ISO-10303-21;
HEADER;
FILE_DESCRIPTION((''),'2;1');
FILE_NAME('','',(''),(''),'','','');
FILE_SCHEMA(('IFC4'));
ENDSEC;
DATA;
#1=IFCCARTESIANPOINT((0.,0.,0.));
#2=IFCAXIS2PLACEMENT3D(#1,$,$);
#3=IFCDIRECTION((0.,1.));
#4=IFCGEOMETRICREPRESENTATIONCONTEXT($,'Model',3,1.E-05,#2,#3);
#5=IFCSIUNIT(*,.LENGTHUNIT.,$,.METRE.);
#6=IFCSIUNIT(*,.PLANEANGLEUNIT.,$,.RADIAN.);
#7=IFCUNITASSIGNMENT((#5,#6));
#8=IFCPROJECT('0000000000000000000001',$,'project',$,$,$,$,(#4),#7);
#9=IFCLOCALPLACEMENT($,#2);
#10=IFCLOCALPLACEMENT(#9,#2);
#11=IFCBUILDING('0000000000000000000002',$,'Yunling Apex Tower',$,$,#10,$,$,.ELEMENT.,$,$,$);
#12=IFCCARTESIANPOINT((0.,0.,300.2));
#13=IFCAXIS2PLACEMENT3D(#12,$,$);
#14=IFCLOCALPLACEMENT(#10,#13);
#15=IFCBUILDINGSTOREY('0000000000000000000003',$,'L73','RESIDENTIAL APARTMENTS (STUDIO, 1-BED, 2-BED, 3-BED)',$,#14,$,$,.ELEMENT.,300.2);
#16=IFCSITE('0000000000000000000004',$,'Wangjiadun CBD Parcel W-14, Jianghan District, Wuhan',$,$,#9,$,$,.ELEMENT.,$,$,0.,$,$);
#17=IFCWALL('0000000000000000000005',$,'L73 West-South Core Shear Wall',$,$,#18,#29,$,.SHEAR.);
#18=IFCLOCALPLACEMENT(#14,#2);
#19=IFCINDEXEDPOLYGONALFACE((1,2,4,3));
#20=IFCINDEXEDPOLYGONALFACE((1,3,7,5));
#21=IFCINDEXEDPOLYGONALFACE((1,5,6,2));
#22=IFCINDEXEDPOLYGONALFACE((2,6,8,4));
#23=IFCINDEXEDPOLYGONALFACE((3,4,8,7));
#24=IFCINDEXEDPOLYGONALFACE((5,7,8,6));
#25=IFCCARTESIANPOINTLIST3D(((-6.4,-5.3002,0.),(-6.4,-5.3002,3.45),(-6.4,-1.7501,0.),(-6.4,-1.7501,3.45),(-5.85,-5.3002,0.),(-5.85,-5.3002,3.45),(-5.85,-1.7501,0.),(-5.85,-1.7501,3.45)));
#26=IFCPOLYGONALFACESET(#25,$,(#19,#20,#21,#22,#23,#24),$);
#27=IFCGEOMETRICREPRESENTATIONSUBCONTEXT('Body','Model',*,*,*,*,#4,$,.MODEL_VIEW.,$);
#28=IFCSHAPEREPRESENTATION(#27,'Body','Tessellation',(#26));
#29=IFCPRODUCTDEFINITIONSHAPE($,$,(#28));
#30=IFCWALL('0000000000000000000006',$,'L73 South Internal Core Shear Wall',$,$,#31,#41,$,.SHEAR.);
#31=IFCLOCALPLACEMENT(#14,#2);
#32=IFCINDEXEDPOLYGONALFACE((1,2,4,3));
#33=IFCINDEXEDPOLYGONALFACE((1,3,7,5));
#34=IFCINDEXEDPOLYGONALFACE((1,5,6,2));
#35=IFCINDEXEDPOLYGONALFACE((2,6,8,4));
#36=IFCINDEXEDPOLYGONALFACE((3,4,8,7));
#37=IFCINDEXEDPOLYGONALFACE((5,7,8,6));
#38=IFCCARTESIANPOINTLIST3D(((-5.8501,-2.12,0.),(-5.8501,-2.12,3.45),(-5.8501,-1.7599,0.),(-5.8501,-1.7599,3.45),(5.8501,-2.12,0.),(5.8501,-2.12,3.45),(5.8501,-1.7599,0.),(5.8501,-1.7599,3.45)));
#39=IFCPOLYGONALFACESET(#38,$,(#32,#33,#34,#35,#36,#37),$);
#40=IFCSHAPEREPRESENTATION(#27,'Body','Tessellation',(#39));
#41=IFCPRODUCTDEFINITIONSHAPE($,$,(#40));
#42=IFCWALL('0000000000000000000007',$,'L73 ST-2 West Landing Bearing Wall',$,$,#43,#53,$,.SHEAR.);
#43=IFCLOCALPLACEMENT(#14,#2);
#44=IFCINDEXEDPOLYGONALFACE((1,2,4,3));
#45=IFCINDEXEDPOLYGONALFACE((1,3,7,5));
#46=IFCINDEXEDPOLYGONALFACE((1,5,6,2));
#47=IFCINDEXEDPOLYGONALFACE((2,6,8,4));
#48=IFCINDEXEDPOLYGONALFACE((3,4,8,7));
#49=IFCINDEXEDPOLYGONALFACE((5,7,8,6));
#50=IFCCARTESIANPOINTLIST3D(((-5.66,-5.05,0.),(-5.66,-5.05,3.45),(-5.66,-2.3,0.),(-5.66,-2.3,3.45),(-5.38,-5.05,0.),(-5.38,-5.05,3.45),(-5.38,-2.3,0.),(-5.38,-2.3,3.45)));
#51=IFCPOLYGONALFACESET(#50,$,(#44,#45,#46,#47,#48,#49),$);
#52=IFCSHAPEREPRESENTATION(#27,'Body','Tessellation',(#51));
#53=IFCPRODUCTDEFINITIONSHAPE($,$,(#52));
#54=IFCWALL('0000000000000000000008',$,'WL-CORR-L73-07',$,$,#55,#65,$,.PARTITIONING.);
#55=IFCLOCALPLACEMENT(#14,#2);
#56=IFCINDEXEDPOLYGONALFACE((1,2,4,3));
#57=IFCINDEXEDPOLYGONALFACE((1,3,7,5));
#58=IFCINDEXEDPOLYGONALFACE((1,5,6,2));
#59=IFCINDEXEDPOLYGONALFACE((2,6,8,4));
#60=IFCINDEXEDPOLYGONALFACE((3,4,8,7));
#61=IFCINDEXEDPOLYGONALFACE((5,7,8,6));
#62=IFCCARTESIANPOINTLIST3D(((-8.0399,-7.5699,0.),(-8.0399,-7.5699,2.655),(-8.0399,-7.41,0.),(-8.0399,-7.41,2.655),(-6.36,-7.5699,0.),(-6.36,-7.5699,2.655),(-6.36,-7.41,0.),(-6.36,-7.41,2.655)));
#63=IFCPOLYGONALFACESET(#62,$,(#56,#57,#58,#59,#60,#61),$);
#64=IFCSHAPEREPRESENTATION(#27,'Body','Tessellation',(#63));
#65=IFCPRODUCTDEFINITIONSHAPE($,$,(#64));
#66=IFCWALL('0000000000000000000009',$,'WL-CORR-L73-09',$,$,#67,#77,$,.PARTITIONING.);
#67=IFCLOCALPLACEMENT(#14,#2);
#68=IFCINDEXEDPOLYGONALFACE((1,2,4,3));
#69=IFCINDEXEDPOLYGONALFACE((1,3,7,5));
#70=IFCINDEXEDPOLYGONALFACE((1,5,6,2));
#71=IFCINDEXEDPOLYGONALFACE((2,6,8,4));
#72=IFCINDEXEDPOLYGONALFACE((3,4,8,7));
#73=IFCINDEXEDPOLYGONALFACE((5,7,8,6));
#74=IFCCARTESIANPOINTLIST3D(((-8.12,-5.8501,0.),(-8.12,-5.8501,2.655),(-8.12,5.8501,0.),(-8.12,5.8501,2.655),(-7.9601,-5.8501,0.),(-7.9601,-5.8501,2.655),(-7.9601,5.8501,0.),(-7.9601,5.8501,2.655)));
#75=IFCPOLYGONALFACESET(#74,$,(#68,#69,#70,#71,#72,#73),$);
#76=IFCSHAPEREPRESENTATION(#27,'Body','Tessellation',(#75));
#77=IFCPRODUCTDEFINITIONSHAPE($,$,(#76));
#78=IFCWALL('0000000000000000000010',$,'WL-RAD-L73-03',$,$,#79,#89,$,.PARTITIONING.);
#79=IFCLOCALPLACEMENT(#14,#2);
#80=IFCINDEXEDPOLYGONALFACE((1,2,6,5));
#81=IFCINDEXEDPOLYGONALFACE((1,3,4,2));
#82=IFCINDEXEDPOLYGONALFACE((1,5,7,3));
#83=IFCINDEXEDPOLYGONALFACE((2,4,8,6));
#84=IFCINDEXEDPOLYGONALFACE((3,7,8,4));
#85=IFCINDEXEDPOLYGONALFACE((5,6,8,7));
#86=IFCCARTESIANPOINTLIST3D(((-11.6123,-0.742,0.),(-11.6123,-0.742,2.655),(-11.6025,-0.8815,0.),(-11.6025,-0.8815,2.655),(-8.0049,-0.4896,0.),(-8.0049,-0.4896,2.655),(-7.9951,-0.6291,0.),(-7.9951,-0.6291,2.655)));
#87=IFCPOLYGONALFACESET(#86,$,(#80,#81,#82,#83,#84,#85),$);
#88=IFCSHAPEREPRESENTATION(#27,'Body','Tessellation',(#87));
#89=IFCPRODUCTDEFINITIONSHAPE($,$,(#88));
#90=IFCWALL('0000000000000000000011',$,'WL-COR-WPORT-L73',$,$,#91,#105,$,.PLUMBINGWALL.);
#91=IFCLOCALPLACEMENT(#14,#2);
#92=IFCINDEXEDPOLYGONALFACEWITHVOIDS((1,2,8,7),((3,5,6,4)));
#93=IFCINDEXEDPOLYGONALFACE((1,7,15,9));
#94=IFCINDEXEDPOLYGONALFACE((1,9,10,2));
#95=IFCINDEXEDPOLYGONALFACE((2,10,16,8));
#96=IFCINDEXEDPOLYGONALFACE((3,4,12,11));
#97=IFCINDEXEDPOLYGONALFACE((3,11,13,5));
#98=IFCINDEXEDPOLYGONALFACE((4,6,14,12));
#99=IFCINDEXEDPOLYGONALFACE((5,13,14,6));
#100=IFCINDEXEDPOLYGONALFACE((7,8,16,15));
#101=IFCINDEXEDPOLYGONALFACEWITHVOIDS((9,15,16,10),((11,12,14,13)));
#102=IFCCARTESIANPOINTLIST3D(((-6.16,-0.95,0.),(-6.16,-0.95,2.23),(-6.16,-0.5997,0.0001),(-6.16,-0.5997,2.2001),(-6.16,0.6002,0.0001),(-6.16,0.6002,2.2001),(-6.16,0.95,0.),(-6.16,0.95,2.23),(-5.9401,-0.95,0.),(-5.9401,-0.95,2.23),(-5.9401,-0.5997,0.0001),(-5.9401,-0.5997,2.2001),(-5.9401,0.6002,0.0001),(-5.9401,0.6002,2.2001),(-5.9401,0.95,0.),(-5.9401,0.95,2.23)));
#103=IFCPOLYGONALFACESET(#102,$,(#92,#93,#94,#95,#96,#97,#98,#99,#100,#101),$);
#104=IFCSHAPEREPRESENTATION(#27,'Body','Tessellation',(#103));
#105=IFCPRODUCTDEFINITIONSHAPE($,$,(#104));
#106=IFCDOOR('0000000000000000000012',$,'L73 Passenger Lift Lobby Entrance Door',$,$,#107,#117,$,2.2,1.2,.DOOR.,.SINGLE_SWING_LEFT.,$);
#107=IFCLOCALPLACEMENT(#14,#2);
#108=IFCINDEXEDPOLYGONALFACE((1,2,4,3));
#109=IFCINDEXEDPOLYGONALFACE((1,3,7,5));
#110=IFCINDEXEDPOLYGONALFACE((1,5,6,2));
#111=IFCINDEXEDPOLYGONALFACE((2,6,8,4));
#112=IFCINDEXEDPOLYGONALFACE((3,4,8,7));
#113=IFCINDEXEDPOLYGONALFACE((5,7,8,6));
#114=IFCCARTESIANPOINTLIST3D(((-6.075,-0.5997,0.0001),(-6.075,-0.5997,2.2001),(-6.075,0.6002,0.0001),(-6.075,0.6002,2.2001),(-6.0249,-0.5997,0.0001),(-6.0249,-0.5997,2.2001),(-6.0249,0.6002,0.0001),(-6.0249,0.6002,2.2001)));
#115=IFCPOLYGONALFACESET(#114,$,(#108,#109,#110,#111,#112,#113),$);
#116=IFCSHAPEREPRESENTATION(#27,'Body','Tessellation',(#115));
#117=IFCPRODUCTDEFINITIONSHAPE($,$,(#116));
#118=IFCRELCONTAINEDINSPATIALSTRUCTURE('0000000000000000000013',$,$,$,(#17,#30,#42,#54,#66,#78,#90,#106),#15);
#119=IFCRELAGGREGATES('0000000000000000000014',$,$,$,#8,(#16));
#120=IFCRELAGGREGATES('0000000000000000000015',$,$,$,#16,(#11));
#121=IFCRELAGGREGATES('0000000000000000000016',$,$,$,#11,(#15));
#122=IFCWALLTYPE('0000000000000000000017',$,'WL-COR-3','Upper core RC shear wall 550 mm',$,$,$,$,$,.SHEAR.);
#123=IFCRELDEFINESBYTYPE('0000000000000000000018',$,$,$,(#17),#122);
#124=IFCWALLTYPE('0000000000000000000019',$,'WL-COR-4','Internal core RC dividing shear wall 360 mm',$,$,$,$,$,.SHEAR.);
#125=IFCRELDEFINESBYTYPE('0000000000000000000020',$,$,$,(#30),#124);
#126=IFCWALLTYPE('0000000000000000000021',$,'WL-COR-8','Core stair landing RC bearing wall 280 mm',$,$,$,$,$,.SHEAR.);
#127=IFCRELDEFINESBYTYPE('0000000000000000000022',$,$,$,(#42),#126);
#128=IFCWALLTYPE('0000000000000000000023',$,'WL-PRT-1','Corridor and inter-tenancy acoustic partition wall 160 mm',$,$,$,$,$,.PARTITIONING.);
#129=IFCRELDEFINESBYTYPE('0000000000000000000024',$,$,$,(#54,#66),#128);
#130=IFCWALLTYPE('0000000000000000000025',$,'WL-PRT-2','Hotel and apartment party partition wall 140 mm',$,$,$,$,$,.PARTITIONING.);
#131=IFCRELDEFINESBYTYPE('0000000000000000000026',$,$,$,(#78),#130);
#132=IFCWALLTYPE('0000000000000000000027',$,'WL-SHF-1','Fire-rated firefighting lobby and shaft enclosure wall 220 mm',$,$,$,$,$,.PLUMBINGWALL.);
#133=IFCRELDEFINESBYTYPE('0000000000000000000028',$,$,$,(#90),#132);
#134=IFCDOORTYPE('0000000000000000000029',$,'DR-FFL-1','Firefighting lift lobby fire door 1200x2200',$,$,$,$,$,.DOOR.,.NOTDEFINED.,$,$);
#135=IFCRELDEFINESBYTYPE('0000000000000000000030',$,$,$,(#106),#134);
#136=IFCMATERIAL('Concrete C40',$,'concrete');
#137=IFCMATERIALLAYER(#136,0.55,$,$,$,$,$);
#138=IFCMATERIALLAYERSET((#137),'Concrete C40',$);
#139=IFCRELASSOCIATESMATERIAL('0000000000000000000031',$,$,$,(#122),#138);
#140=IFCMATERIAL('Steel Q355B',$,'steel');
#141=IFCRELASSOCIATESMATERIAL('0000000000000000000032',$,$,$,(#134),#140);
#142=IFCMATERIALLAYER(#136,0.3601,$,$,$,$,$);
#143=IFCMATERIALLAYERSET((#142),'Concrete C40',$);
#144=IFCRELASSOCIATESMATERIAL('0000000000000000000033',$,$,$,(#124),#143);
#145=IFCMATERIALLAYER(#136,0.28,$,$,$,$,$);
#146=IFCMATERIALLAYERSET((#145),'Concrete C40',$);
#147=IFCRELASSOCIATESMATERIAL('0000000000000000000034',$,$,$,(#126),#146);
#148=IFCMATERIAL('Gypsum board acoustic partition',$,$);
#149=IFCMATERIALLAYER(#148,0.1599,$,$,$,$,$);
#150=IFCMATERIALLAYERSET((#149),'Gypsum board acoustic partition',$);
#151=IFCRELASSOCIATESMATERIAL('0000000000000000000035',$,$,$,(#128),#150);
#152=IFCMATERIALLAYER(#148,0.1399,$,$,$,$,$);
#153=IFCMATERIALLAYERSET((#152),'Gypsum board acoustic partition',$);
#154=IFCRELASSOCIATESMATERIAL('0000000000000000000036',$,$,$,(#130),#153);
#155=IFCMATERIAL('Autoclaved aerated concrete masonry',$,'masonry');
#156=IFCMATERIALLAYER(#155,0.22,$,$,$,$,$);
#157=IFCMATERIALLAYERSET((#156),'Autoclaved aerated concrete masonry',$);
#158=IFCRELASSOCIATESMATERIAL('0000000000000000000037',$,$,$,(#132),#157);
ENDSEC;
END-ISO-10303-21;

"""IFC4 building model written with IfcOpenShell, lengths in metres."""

from ifc_helpers import new_model, si_unit, direction, frame, frame_2d, origin, place, context, subcontext, project, spatial, rectangle, extrude, material, layer, layer_set, type_object, element, fill, save


model = new_model("IFC4")

# Units and contexts
model_context = context("Model", 3, precision=1e-05, world=origin(), true_north=direction((0.0, 1.0)))
body_context = subcontext(model_context, "Body", "Model", "MODEL_VIEW")
ifc_project = project(units=[si_unit("LENGTHUNIT", "METRE"), si_unit("PLANEANGLEUNIT", "RADIAN")], contexts=[model_context])

# Site, building, storey
site_placement = place(None, origin())
site = spatial("IfcSite", under=ifc_project, at=site_placement, Name="Wangjiadun CBD Parcel W-14, Jianghan District, Wuhan", CompositionType="ELEMENT", RefElevation=0.0)
building_placement = place(site_placement, origin())
building = spatial("IfcBuilding", under=site, at=building_placement, Name="Yunling Apex Tower", CompositionType="ELEMENT")
storey_placement = place(building_placement, frame((0.0, 0.0, 300.2)))
storey = spatial("IfcBuildingStorey", under=building, at=storey_placement, Name="L73", Description="RESIDENTIAL APARTMENTS (STUDIO, 1-BED, 2-BED, 3-BED)", CompositionType="ELEMENT", Elevation=300.2)

# Shared definitions
ifc_material_1 = material(Name="Steel Q355B", Category="steel")
ifc_material_2 = material(Name="Concrete C40", Category="concrete")

# Shared definitions
ifc_layer_1 = layer(ifc_material_2, 0.55)
ifc_layer_set_1 = layer_set([ifc_layer_1], Name="Concrete C40")
wall_type_1 = type_object("IfcWallType", Name="WL-COR-3", Description="Upper core RC shear wall 550 mm", PredefinedType="SHEAR", material=ifc_layer_set_1)
door_type_1 = type_object("IfcDoorType", Name="DR-FFL-1", Description="Firefighting lift lobby fire door 1200x2200", OperationType="NOTDEFINED", PredefinedType="DOOR", material=ifc_material_1)

# Walls
wall_1_placement = place(storey_placement, frame((-6.125, -5.3, 0.0), z_axis=(0.0, 0.0, 1.0), x_axis=(0.0, 1.0, 0.0)))
element("IfcWall", 1, at=wall_1_placement, inside=storey, type_object=wall_type_1, Name="L73 West-South Core Shear Wall", PredefinedType="SHEAR", context=body_context, shape_type="SweptSolid", body=[
    extrude(rectangle(XDim=3.55, YDim=0.55, at=frame_2d((1.7749, 0.0))), origin(), (0.0, 0.0, 1.0), 3.45),
])
ifc_layer_2 = layer(ifc_material_2, 0.3601)
ifc_layer_set_2 = layer_set([ifc_layer_2], Name="Concrete C40")
wall_type_2 = type_object("IfcWallType", Name="WL-COR-4", Description="Internal core RC dividing shear wall 360 mm", PredefinedType="SHEAR", material=ifc_layer_set_2)
wall_2_placement = place(storey_placement, frame((-5.8501, -1.9399, 0.0), z_axis=(0.0, 0.0, 1.0), x_axis=(1.0, 0.0, 0.0)))
element("IfcWall", 2, at=wall_2_placement, inside=storey, type_object=wall_type_2, Name="L73 South Internal Core Shear Wall", PredefinedType="SHEAR", context=body_context, shape_type="SweptSolid", body=[
    extrude(rectangle(XDim=11.7002, YDim=0.3601, at=frame_2d((5.8501, 0.0))), origin(), (0.0, 0.0, 1.0), 3.45),
])
ifc_layer_3 = layer(ifc_material_2, 0.28)
ifc_layer_set_3 = layer_set([ifc_layer_3], Name="Concrete C40")
wall_type_3 = type_object("IfcWallType", Name="WL-COR-8", Description="Core stair landing RC bearing wall 280 mm", PredefinedType="SHEAR", material=ifc_layer_set_3)
wall_3_placement = place(storey_placement, frame((-5.52, -5.05, 0.0), z_axis=(0.0, 0.0, 1.0), x_axis=(0.0, 1.0, 0.0)))
element("IfcWall", 3, at=wall_3_placement, inside=storey, type_object=wall_type_3, Name="L73 ST-2 West Landing Bearing Wall", PredefinedType="SHEAR", context=body_context, shape_type="SweptSolid", body=[
    extrude(rectangle(XDim=2.75, YDim=0.28, at=frame_2d((1.375, 0.0))), origin(), (0.0, 0.0, 1.0), 3.45),
])
ifc_material_3 = material(Name="Gypsum board acoustic partition")
ifc_layer_4 = layer(ifc_material_3, 0.1599)
ifc_layer_set_4 = layer_set([ifc_layer_4], Name="Gypsum board acoustic partition")
wall_type_4 = type_object("IfcWallType", Name="WL-PRT-1", Description="Corridor and inter-tenancy acoustic partition wall 160 mm", PredefinedType="PARTITIONING", material=ifc_layer_set_4)
wall_4_placement = place(storey_placement, frame((-6.3601, -7.49, 0.0), z_axis=(0.0, 0.0, 1.0), x_axis=(-1.0, 0.0, 0.0)))
element("IfcWall", 4, at=wall_4_placement, inside=storey, type_object=wall_type_4, Name="WL-CORR-L73-07", PredefinedType="PARTITIONING", context=body_context, shape_type="SweptSolid", body=[
    extrude(rectangle(XDim=1.6799, YDim=0.1599, at=frame_2d((0.8398, 0.0))), origin(), (0.0, 0.0, 1.0), 2.655),
])
wall_5_placement = place(storey_placement, frame((-8.04, -5.8501, 0.0), z_axis=(0.0, 0.0, 1.0), x_axis=(0.0, 1.0, 0.0)))
element("IfcWall", 5, at=wall_5_placement, inside=storey, type_object=wall_type_4, Name="WL-CORR-L73-09", PredefinedType="PARTITIONING", context=body_context, shape_type="SweptSolid", body=[
    extrude(rectangle(XDim=11.7002, YDim=0.1599, at=frame_2d((5.8501, 0.0))), origin(), (0.0, 0.0, 1.0), 2.655),
])
ifc_layer_5 = layer(ifc_material_3, 0.1399)
ifc_layer_set_5 = layer_set([ifc_layer_5], Name="Gypsum board acoustic partition")
wall_type_5 = type_object("IfcWallType", Name="WL-PRT-2", Description="Hotel and apartment party partition wall 140 mm", PredefinedType="PARTITIONING", material=ifc_layer_set_5)
wall_6_placement = place(storey_placement, frame((-8.0, -0.5593, 0.0), z_axis=(0.0, 0.0, 1.0), x_axis=(-0.99756, -0.069808, 0.0)))
element("IfcWall", 6, at=wall_6_placement, inside=storey, type_object=wall_type_5, Name="WL-RAD-L73-03", PredefinedType="PARTITIONING", context=body_context, shape_type="SweptSolid", body=[
    extrude(rectangle(XDim=3.6162, YDim=0.1399, at=frame_2d((1.8081, 0.0))), origin(), (0.0, 0.0, 1.0), 2.655),
])

# Wall, opening, door
ifc_material_4 = material(Name="Autoclaved aerated concrete masonry", Category="masonry")
ifc_layer_6 = layer(ifc_material_4, 0.22)
ifc_layer_set_6 = layer_set([ifc_layer_6], Name="Autoclaved aerated concrete masonry")
wall_type_6 = type_object("IfcWallType", Name="WL-SHF-1", Description="Fire-rated firefighting lobby and shaft enclosure wall 220 mm", PredefinedType="PLUMBINGWALL", material=ifc_layer_set_6)
wall_7_placement = place(storey_placement, frame((-6.05, -0.95, 0.0), z_axis=(0.0, 0.0, 1.0), x_axis=(0.0, 1.0, 0.0)))
wall_7 = element("IfcWall", 7, at=wall_7_placement, inside=storey, type_object=wall_type_6, Name="WL-COR-WPORT-L73", PredefinedType="PLUMBINGWALL", context=body_context, shape_type="SweptSolid", body=[
    extrude(rectangle(XDim=1.8999, YDim=0.22, at=frame_2d((0.95, 0.0))), origin(), (0.0, 0.0, 1.0), 2.23),
])
opening_1_placement = place(wall_7_placement, frame((0.3501, 0.0, 0.0)))
opening_1 = element("IfcOpeningElement", 8, at=opening_1_placement, cuts=wall_7, PredefinedType="OPENING", context=body_context, shape_type="SweptSolid", body=[
    extrude(rectangle(XDim=1.2, YDim=2.2, at=frame_2d((0.6001, 1.1001))), frame((0.0, 0.1201, 0.0), z_axis=(0.0, -1.0, 0.0), x_axis=(1.0, 0.0, 0.0)), (0.0, 0.0, 1.0), 0.24),
])
door_1_placement = place(opening_1_placement, origin())
door_1 = element("IfcDoor", 9, at=door_1_placement, inside=storey, type_object=door_type_1, Name="L73 Passenger Lift Lobby Entrance Door", OperationType="SINGLE_SWING_LEFT", OverallHeight=2.2, OverallWidth=1.2, PredefinedType="DOOR", context=body_context, shape_type="SweptSolid", body=[
    extrude(rectangle(XDim=1.2, YDim=2.2, at=frame_2d((0.6001, 1.1001))), frame((0.0, 0.0249, 0.0), z_axis=(0.0, -1.0, 0.0), x_axis=(1.0, 0.0, 0.0)), (0.0, 0.0, 1.0), 0.05),
])
fill(opening_1, door_1)

save(model, "model.ifc")
